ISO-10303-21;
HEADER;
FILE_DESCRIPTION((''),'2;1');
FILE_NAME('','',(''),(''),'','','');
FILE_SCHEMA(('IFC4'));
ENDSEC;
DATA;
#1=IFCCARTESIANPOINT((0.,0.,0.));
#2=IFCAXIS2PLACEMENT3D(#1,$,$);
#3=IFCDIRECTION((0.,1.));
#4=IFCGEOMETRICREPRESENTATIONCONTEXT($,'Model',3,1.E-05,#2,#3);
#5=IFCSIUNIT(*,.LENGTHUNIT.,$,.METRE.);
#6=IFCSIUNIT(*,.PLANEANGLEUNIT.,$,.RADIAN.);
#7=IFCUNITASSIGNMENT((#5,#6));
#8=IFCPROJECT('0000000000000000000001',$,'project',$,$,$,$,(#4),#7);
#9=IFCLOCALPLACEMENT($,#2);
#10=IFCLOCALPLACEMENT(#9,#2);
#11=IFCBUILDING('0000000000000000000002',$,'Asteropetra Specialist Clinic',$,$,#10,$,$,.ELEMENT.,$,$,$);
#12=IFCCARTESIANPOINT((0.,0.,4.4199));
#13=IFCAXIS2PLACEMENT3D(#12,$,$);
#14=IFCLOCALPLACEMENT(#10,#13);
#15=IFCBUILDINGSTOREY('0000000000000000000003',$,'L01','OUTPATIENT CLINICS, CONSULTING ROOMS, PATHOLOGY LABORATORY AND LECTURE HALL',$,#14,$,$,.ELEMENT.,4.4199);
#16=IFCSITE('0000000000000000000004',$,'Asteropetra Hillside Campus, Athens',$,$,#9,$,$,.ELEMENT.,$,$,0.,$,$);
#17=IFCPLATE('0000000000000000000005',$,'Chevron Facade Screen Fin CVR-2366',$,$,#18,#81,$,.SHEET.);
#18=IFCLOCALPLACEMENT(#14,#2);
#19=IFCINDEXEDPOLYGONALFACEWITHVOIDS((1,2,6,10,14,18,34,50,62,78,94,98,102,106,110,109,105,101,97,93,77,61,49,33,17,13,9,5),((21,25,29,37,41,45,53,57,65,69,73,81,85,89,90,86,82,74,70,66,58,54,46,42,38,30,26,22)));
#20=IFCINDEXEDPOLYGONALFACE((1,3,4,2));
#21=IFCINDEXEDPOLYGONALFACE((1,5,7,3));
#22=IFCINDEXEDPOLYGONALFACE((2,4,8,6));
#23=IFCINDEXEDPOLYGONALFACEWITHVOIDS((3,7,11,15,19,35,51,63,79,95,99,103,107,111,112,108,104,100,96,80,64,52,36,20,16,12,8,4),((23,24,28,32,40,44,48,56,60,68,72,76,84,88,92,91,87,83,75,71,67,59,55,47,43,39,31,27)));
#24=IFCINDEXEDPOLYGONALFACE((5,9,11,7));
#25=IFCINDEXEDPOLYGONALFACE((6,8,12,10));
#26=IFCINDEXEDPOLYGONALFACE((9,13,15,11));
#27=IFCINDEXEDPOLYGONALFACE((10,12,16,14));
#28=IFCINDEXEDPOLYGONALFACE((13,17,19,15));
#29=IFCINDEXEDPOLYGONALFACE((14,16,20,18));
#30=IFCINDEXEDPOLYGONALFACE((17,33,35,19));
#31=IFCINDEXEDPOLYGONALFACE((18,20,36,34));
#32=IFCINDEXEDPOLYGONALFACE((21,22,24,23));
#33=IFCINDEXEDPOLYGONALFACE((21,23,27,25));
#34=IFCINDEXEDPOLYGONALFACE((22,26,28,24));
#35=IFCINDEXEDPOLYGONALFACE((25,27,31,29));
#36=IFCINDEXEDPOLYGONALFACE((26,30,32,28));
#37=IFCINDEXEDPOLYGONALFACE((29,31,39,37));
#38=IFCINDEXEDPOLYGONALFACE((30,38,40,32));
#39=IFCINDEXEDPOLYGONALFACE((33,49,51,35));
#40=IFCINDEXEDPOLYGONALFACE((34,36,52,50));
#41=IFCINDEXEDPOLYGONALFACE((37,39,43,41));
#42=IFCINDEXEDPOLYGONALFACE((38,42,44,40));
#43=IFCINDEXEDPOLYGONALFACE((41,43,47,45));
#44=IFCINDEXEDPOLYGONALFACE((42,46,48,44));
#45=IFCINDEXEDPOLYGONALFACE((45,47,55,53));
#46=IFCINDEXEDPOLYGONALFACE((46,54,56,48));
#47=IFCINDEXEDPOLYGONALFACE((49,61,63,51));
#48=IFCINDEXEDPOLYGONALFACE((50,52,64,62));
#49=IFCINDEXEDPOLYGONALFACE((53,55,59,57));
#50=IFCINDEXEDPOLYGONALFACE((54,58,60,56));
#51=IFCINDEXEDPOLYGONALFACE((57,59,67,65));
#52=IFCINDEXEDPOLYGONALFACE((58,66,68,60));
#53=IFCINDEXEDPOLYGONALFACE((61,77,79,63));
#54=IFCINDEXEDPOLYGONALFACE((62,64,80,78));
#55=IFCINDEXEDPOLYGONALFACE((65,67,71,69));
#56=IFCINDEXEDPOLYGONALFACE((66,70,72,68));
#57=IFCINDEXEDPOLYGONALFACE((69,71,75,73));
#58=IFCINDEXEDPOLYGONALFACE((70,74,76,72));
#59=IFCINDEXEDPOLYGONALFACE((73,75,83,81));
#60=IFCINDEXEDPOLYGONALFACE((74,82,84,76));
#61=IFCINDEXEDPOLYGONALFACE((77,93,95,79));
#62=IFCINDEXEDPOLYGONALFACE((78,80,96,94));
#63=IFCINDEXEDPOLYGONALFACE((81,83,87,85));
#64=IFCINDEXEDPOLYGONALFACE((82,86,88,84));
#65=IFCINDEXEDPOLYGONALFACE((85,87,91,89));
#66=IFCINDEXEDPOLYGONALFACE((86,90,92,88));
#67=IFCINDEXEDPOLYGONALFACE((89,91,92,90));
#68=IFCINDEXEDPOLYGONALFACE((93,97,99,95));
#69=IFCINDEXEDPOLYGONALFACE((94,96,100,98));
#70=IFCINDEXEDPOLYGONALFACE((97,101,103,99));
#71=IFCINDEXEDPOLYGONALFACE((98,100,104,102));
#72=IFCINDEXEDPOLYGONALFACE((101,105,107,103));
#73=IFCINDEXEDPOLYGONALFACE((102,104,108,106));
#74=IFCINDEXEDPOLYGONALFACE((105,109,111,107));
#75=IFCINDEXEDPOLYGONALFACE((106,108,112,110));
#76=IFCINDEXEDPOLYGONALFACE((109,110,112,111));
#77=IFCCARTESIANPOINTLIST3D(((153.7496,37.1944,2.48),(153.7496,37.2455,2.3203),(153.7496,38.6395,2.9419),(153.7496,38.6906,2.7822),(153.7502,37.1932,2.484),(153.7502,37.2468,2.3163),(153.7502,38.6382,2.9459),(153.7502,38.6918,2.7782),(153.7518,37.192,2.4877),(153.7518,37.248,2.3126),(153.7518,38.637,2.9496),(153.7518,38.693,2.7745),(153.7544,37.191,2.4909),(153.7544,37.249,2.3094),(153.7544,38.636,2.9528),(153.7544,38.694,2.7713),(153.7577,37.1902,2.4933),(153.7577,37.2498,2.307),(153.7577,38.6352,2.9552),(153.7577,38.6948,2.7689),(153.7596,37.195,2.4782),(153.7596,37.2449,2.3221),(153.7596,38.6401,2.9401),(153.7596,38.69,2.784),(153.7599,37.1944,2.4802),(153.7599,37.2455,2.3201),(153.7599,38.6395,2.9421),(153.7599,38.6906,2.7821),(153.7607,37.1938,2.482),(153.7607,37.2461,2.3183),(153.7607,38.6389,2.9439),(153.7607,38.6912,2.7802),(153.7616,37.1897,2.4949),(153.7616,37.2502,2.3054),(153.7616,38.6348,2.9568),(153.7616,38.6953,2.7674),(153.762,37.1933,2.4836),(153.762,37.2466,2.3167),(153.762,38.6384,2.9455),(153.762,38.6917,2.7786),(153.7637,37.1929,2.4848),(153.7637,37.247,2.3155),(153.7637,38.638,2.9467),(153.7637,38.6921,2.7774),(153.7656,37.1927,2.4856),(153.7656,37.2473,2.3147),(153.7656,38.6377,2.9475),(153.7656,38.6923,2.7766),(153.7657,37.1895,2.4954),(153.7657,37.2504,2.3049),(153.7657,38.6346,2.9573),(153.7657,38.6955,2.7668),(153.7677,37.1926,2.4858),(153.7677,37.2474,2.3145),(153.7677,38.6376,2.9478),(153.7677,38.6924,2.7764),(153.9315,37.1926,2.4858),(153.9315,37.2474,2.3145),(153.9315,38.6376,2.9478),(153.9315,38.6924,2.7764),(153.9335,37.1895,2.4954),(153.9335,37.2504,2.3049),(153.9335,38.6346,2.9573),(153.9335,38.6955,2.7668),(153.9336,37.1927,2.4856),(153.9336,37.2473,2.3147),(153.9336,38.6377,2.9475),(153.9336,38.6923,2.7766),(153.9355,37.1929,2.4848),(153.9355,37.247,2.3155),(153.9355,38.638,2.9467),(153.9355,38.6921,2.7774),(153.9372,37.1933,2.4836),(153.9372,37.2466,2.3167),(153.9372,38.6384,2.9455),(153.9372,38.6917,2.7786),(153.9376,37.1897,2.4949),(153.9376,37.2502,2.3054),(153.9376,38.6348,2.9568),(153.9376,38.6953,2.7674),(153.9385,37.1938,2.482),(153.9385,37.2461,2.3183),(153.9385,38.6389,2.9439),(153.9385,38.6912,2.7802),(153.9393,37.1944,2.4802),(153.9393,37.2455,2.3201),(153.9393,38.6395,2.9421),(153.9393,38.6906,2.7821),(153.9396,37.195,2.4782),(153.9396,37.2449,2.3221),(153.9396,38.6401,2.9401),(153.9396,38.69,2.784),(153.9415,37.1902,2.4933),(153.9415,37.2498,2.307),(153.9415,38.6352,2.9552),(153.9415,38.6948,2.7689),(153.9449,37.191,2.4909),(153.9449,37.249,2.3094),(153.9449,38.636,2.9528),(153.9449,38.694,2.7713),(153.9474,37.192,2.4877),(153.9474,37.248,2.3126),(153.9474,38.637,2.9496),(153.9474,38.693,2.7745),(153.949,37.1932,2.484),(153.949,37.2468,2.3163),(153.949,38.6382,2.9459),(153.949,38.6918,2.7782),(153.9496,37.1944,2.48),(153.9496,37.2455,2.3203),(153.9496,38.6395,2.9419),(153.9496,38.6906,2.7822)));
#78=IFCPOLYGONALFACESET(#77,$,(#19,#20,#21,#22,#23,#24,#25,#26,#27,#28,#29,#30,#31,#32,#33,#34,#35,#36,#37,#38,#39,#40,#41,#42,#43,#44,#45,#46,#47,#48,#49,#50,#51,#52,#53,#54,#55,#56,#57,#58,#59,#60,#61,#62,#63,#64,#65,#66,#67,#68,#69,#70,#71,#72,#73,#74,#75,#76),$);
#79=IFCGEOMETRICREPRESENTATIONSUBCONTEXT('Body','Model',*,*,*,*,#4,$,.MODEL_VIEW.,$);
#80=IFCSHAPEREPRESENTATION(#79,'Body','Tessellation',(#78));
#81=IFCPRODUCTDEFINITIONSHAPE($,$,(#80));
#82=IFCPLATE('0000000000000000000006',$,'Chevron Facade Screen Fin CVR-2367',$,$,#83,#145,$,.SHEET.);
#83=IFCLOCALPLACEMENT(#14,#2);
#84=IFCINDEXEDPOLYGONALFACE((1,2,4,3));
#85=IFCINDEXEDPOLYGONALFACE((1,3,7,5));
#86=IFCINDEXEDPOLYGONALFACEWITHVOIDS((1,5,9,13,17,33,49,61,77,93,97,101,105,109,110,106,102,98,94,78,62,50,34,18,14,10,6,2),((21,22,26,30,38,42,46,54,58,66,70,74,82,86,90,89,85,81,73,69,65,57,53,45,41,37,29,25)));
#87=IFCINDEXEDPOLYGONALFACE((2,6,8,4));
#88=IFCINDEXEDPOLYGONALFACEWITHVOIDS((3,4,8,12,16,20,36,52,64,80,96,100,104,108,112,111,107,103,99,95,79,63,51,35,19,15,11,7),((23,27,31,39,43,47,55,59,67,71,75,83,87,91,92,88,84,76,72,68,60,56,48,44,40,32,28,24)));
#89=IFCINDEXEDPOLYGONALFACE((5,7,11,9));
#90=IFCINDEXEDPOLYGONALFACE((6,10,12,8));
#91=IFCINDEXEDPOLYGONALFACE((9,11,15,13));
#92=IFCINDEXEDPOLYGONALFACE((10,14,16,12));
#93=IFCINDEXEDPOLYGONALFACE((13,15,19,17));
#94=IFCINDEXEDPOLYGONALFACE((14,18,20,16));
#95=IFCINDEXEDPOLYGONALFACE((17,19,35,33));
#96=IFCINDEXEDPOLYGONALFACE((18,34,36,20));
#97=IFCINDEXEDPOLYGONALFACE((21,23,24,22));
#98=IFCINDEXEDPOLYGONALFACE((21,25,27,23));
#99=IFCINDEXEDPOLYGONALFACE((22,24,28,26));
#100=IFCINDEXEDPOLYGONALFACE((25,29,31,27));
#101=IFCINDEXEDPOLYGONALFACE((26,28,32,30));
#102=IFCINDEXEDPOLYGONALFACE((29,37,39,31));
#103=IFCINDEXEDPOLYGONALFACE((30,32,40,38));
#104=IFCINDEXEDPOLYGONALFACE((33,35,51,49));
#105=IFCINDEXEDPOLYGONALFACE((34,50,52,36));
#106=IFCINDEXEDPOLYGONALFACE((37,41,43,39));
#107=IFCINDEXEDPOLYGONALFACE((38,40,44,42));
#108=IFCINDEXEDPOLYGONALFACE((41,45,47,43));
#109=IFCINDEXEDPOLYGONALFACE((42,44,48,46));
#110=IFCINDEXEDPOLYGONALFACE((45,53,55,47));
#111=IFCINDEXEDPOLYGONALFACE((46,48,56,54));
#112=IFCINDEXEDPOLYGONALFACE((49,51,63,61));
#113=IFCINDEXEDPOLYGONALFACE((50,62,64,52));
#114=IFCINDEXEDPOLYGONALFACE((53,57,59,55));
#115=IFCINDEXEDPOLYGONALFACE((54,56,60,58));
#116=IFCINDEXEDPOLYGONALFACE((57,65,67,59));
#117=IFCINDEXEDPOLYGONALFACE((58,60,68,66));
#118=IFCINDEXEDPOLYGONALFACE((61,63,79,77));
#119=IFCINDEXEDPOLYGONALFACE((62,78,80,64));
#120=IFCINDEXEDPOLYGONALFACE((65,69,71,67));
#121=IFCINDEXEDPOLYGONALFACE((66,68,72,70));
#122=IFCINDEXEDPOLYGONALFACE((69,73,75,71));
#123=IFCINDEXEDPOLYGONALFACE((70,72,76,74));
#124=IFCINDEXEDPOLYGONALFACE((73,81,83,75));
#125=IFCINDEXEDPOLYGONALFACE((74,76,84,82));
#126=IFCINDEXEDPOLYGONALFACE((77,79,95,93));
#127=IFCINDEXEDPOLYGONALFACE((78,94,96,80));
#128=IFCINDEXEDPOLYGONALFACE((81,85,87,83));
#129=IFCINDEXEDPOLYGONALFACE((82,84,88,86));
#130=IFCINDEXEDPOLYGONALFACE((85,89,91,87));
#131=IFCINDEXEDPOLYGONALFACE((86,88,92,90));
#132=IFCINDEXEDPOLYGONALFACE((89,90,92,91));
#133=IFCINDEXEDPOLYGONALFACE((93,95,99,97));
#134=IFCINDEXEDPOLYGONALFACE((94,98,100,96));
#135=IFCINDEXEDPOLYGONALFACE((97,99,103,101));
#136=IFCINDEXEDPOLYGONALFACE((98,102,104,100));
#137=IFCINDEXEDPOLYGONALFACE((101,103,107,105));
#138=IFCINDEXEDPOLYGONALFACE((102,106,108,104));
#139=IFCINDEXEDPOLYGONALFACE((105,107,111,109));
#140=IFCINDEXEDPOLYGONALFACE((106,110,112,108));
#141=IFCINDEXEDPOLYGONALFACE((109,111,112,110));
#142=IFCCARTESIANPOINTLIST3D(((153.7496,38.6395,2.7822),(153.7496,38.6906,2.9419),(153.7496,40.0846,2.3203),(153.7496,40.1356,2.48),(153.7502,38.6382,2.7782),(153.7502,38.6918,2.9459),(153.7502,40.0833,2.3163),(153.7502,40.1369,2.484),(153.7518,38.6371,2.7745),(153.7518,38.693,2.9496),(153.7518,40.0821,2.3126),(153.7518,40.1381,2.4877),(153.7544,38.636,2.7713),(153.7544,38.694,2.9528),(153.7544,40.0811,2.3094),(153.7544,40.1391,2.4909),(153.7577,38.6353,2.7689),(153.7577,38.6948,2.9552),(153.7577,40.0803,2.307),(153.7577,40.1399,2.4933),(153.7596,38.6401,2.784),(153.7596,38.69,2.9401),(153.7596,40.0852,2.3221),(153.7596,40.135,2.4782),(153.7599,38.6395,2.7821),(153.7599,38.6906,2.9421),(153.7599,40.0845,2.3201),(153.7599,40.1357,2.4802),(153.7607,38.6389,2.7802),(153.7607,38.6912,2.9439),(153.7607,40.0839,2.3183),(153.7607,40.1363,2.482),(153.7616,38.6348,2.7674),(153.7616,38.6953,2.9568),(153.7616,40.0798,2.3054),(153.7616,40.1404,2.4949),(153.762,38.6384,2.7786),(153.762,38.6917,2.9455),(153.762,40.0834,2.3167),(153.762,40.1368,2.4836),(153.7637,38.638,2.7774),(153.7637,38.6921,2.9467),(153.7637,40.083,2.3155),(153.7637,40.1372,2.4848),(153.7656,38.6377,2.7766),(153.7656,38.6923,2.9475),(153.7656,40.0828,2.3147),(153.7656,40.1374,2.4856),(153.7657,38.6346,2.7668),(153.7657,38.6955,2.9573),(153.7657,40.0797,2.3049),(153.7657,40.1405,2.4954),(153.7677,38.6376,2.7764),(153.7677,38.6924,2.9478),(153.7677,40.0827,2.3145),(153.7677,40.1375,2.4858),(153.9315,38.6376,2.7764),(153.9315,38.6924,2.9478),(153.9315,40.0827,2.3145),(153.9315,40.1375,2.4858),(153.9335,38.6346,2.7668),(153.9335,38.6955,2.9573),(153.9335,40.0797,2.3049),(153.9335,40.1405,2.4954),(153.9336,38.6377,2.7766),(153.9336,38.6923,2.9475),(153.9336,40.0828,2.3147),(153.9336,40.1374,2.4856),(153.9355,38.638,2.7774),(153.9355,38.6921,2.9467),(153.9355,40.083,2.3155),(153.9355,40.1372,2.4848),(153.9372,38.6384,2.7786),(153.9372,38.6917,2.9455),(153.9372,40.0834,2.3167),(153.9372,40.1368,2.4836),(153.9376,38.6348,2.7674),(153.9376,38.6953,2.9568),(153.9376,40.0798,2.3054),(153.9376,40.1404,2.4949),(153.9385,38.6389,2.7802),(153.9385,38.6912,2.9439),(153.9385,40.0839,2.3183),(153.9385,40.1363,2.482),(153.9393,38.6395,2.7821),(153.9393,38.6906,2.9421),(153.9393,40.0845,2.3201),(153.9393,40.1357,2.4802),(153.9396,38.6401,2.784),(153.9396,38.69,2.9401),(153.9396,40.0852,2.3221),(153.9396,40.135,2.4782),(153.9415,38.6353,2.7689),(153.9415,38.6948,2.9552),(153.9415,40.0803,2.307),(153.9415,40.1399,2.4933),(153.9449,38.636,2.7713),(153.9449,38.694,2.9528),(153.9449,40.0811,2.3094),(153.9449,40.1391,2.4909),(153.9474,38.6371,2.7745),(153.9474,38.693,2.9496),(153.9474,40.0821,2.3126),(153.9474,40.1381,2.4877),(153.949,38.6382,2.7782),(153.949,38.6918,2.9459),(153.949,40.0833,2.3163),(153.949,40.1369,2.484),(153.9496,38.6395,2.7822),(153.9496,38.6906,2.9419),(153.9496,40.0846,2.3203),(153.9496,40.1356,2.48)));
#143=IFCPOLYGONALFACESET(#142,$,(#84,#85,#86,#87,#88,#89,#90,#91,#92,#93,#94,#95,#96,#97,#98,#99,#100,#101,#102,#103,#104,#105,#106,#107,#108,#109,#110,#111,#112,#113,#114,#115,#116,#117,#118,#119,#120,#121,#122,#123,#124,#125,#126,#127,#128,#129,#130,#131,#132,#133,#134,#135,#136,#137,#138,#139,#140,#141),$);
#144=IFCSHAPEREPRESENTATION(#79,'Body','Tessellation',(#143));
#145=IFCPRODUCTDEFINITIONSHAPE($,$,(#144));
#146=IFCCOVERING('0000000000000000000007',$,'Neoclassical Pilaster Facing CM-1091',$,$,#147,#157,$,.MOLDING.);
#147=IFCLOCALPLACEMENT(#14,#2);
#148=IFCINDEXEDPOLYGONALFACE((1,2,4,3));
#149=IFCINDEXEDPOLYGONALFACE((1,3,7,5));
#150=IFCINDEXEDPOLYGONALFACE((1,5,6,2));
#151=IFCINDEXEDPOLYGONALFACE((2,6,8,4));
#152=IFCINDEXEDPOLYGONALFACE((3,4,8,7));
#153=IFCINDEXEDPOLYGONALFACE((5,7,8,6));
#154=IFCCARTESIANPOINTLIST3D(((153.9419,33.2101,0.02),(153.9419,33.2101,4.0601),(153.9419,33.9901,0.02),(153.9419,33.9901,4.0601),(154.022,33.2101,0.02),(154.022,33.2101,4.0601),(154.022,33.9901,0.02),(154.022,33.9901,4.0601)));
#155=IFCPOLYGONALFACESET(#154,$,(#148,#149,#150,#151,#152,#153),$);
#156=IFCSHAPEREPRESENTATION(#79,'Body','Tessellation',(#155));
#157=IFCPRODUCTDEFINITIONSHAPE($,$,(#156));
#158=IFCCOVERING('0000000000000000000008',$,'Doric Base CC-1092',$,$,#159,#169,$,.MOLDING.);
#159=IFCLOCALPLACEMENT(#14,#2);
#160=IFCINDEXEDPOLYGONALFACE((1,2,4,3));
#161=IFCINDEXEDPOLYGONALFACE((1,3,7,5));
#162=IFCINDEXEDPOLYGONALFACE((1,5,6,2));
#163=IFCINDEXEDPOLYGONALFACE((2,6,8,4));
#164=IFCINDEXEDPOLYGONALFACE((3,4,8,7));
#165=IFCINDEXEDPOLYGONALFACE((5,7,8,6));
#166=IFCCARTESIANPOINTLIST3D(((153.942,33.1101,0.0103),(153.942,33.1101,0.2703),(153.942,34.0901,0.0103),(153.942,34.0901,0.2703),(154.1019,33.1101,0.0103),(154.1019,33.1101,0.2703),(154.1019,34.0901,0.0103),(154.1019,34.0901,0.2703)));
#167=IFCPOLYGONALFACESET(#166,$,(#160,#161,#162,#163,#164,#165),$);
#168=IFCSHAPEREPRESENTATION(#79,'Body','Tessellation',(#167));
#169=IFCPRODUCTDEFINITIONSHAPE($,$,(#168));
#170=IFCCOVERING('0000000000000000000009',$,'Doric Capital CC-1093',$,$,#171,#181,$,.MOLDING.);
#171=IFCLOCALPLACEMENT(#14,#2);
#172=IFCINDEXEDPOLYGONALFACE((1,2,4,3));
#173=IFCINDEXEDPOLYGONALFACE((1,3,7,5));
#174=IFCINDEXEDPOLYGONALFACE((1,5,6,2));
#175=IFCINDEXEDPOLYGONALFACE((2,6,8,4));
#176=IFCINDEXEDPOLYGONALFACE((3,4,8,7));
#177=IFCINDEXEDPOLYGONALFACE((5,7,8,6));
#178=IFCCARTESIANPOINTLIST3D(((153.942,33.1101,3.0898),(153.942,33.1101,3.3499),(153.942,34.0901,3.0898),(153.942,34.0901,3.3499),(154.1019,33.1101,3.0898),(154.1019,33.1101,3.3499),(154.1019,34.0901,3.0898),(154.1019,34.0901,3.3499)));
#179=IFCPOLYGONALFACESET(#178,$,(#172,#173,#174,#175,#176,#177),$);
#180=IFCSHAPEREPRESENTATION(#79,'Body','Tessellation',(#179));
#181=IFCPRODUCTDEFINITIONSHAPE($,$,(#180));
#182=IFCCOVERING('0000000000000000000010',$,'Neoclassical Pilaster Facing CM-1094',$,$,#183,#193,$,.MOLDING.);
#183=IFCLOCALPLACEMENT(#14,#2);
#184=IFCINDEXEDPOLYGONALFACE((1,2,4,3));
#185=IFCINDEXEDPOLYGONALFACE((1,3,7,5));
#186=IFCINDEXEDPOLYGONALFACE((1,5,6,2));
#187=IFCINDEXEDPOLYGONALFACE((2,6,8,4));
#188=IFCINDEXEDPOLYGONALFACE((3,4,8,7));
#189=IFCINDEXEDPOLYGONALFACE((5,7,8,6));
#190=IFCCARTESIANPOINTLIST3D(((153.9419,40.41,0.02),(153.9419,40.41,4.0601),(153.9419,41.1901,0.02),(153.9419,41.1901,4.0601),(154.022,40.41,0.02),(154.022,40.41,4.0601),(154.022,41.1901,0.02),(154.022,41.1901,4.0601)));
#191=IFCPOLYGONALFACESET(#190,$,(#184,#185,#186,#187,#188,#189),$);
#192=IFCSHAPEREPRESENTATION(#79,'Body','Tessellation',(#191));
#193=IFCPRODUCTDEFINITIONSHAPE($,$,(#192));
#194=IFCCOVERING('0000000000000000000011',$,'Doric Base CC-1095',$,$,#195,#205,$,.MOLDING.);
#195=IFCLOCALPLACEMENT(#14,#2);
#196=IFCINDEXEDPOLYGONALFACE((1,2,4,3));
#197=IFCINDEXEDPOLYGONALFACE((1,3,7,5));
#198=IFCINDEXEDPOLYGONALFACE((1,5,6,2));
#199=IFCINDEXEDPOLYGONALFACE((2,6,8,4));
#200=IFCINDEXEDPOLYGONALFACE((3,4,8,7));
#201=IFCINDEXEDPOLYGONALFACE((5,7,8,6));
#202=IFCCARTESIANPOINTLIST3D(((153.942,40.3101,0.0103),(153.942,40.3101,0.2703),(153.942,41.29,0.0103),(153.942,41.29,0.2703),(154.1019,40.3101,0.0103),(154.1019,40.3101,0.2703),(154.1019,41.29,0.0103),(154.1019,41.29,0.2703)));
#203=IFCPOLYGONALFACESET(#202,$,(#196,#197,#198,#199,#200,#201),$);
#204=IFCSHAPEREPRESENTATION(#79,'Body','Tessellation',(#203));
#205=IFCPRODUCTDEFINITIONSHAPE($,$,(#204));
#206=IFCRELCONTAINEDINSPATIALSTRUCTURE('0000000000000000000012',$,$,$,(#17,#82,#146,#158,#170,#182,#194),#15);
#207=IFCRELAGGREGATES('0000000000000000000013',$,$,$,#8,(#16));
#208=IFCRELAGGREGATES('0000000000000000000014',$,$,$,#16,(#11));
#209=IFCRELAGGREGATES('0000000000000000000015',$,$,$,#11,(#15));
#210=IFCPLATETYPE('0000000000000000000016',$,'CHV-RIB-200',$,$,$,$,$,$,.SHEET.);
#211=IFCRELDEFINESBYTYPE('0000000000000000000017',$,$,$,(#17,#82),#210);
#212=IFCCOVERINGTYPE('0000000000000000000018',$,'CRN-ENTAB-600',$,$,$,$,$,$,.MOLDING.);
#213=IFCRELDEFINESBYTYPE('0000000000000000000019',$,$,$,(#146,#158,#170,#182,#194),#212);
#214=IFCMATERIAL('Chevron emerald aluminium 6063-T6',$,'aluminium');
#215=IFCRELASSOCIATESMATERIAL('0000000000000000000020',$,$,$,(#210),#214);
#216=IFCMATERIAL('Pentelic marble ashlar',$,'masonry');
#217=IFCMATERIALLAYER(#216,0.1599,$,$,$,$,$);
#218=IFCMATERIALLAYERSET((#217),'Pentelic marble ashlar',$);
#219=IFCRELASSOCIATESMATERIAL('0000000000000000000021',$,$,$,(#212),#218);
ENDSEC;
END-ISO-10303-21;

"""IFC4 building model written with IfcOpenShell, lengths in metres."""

from ifc_helpers import new_model, si_unit, direction, frame, origin, origin_2d, place, context, subcontext, project, spatial, rectangle, hollow_rectangle, extrude, material, layer, layer_set, material_profile, profile_set, type_object, element, save


model = new_model("IFC4")

# Units and contexts
model_context = context("Model", 3, precision=1e-05, world=origin(), true_north=direction((0.0, 1.0)))
body_context = subcontext(model_context, "Body", "Model", "MODEL_VIEW")
ifc_project = project(units=[si_unit("LENGTHUNIT", "METRE"), si_unit("PLANEANGLEUNIT", "RADIAN")], contexts=[model_context])

# Site, building, storey
site_placement = place(None, origin())
site = spatial("IfcSite", under=ifc_project, at=site_placement, Name="Asteropetra Hillside Campus, Athens", CompositionType="ELEMENT", RefElevation=0.0)
building_placement = place(site_placement, origin())
building = spatial("IfcBuilding", under=site, at=building_placement, Name="Asteropetra Specialist Clinic", CompositionType="ELEMENT")
storey_placement = place(building_placement, frame((0.0, 0.0, 4.4199)))
storey = spatial("IfcBuildingStorey", under=building, at=storey_placement, Name="L01", Description="OUTPATIENT CLINICS, CONSULTING ROOMS, PATHOLOGY LABORATORY AND LECTURE HALL", CompositionType="ELEMENT", Elevation=4.4199)

# Plates
ifc_material_1 = material(Name="Chevron emerald aluminium 6063-T6", Category="aluminium")
ifc_material_profile = material_profile(ifc_material_1, hollow_rectangle(XDim=0.2, YDim=0.2, WallThickness=0.01, InnerFilletRadius=0.0081, OuterFilletRadius=0.0161, at=origin_2d()), Name="SHS 200x200x10.0")
ifc_profile_set = profile_set([ifc_material_profile], Name="Chevron emerald aluminium 6063-T6")
plate_type = type_object("IfcPlateType", Name="CHV-RIB-200", PredefinedType="SHEET", material=ifc_profile_set)
for number, where, z_axis, x_axis, name in (
    (1, (153.8496, 37.22, 2.4001), (0.0, 0.952521, 0.304472), (-1.0, 0.0, 0.0), "Chevron Facade Screen Fin CVR-2366"),
    (2, (153.8496, 38.665, 2.8621), (0.0, 0.952521, -0.304472), (-1.0, 0.0, 0.0), "Chevron Facade Screen Fin CVR-2367"),
):
    element("IfcPlate", number, at=place(storey_placement, frame(where, z_axis=z_axis, x_axis=x_axis)), inside=storey, type_object=plate_type, Name=name, PredefinedType="SHEET", context=body_context, shape_type="SweptSolid", body=[
        extrude(hollow_rectangle(XDim=0.2, YDim=0.2, WallThickness=0.01, InnerFilletRadius=0.0081, OuterFilletRadius=0.0161, at=origin_2d()), origin(), (0.0, 0.0, 1.0), 1.5171),
    ])

# Coverings
ifc_material_2 = material(Name="Pentelic marble ashlar", Category="masonry")
ifc_layer_1 = layer(ifc_material_2, 0.1599)
ifc_layer_set_1 = layer_set([ifc_layer_1], Name="Pentelic marble ashlar")
covering_type_1 = type_object("IfcCoveringType", Name="CRN-ENTAB-600", PredefinedType="MOLDING", material=ifc_layer_set_1)
covering_1_placement = place(storey_placement, frame((153.9819, 33.6001, 0.02), z_axis=(0.0, 0.0, 1.0), x_axis=(1.0, 0.0, 0.0)))
element("IfcCovering", 3, at=covering_1_placement, inside=storey, type_object=covering_type_1, Name="Neoclassical Pilaster Facing CM-1091", PredefinedType="MOLDING", context=body_context, shape_type="SweptSolid", body=[
    extrude(rectangle(XDim=0.0801, YDim=0.78, at=origin_2d()), origin(), (0.0, 0.0, 1.0), 4.04),
])
for number, where, z_axis, x_axis, name in (
    (4, (154.022, 33.6001, 0.0103), (0.0, 0.0, 1.0), (1.0, 0.0, 0.0), "Doric Base CC-1092"),
    (5, (154.022, 33.6001, 3.0898), (0.0, 0.0, 1.0), (1.0, 0.0, 0.0), "Doric Capital CC-1093"),
):
    element("IfcCovering", number, at=place(storey_placement, frame(where, z_axis=z_axis, x_axis=x_axis)), inside=storey, type_object=covering_type_1, Name=name, PredefinedType="MOLDING", context=body_context, shape_type="SweptSolid", body=[
        extrude(rectangle(XDim=0.1599, YDim=0.98, at=origin_2d()), origin(), (0.0, 0.0, 1.0), 0.26),
    ])
covering_2_placement = place(storey_placement, frame((153.9819, 40.8, 0.02), z_axis=(0.0, 0.0, 1.0), x_axis=(1.0, 0.0, 0.0)))
element("IfcCovering", 6, at=covering_2_placement, inside=storey, type_object=covering_type_1, Name="Neoclassical Pilaster Facing CM-1094", PredefinedType="MOLDING", context=body_context, shape_type="SweptSolid", body=[
    extrude(rectangle(XDim=0.0801, YDim=0.78, at=origin_2d()), origin(), (0.0, 0.0, 1.0), 4.04),
])
for number, where, z_axis, x_axis, name in (
    (7, (154.022, 40.8, 0.0103), (0.0, 0.0, 1.0), (1.0, 0.0, 0.0), "Doric Base CC-1095"),
):
    element("IfcCovering", number, at=place(storey_placement, frame(where, z_axis=z_axis, x_axis=x_axis)), inside=storey, type_object=covering_type_1, Name=name, PredefinedType="MOLDING", context=body_context, shape_type="SweptSolid", body=[
        extrude(rectangle(XDim=0.1599, YDim=0.98, at=origin_2d()), origin(), (0.0, 0.0, 1.0), 0.26),
    ])

save(model, "model.ifc")
